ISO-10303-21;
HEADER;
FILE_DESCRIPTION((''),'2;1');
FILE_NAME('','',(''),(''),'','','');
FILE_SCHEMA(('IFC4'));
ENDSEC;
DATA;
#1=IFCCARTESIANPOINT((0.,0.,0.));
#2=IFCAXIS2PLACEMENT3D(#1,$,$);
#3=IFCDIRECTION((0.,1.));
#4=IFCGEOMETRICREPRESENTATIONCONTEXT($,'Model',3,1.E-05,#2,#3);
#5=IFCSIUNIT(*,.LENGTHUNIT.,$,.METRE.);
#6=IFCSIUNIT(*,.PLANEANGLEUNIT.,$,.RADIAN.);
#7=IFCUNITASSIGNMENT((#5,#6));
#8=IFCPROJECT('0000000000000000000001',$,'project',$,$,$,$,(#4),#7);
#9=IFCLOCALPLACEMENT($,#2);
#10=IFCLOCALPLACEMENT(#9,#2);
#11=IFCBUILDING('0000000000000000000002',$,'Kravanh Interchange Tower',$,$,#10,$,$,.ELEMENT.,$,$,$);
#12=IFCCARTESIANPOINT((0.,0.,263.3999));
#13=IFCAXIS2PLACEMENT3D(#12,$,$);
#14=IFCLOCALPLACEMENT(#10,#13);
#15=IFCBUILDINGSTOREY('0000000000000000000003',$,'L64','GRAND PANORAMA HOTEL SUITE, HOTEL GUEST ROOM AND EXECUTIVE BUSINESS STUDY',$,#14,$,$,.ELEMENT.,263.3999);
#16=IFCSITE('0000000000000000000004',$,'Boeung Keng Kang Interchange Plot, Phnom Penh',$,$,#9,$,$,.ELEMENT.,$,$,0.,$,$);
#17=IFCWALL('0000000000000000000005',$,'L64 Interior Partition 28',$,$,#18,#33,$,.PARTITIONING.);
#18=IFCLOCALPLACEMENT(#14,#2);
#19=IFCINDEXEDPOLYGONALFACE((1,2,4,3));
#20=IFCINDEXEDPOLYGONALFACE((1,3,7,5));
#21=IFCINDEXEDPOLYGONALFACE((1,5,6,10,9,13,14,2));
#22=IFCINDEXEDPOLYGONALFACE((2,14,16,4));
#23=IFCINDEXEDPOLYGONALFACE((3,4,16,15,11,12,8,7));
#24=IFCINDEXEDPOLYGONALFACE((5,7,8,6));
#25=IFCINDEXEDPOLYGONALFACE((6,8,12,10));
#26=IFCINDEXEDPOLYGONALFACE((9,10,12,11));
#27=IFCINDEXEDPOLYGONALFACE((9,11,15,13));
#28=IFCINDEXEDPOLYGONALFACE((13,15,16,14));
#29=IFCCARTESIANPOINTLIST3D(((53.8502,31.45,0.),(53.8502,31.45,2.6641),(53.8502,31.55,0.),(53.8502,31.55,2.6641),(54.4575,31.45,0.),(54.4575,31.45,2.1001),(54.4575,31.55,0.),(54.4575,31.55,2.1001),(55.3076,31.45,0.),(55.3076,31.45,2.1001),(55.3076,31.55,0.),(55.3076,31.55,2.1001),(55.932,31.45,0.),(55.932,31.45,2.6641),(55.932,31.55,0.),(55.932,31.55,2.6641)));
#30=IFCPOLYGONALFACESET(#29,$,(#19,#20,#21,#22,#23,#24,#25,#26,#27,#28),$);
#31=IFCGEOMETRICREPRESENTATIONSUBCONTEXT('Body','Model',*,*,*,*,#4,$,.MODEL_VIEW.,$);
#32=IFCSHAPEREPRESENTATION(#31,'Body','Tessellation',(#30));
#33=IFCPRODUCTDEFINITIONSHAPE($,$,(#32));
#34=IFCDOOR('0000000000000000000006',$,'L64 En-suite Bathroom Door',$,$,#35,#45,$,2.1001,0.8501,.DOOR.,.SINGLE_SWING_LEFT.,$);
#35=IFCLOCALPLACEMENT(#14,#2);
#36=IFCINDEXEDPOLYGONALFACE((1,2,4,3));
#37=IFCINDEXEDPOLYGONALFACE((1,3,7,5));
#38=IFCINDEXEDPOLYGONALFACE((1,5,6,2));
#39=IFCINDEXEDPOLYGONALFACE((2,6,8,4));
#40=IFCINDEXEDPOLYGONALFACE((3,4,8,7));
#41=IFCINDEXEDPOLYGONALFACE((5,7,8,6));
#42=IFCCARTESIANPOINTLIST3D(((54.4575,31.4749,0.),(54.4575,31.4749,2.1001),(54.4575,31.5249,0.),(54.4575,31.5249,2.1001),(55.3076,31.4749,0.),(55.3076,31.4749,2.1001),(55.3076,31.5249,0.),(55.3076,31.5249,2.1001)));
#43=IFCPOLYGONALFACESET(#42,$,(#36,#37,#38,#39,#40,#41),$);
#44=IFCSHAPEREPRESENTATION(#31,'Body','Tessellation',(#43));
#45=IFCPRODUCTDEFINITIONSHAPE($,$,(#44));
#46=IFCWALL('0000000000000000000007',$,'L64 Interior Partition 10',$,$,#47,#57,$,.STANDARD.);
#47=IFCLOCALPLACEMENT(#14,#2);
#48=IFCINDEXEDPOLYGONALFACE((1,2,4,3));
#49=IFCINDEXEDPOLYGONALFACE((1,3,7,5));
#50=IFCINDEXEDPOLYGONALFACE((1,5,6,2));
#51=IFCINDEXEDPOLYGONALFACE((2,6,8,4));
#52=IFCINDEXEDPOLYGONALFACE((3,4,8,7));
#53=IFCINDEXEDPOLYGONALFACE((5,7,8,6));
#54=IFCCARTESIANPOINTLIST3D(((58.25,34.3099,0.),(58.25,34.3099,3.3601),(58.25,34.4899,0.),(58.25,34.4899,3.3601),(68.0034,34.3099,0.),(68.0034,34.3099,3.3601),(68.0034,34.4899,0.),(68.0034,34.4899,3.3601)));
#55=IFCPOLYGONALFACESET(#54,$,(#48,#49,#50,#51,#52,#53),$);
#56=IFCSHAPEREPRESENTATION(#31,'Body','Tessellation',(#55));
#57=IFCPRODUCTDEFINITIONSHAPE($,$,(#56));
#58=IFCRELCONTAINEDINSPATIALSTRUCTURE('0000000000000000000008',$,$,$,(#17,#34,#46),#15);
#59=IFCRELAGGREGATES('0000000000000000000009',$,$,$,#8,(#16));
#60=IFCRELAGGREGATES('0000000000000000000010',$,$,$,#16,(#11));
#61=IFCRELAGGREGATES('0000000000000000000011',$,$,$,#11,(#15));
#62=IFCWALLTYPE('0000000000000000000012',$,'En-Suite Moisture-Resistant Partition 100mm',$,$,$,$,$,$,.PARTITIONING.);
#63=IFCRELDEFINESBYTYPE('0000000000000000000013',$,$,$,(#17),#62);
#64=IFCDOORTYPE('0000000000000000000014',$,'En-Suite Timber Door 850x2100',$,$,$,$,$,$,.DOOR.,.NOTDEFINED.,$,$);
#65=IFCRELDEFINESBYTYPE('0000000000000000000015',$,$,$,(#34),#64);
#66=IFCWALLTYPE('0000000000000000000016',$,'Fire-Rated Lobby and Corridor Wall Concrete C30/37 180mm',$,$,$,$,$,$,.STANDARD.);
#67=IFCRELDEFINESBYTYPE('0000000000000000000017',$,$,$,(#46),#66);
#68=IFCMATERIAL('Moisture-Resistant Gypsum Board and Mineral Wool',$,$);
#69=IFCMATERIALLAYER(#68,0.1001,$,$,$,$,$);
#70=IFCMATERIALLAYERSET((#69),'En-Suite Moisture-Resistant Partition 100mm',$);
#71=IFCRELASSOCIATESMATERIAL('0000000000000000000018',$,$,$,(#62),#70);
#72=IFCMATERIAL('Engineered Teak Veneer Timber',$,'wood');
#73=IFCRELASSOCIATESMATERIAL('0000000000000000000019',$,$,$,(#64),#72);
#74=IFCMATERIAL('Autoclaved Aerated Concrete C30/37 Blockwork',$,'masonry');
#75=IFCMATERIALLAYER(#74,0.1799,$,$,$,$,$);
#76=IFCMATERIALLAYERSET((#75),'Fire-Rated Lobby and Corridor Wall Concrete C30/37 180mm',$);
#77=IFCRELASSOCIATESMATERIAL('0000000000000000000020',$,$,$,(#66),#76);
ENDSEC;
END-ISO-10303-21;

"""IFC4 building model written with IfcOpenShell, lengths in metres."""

from ifc_helpers import new_model, si_unit, direction, frame, frame_2d, origin, place, context, subcontext, project, spatial, rectangle, extrude, material, layer, layer_set, type_object, element, fill, save


model = new_model("IFC4")

# Units and contexts
model_context = context("Model", 3, precision=1e-05, world=origin(), true_north=direction((0.0, 1.0)))
body_context = subcontext(model_context, "Body", "Model", "MODEL_VIEW")
ifc_project = project(units=[si_unit("LENGTHUNIT", "METRE"), si_unit("PLANEANGLEUNIT", "RADIAN")], contexts=[model_context])

# Site, building, storey
site_placement = place(None, origin())
site = spatial("IfcSite", under=ifc_project, at=site_placement, Name="Boeung Keng Kang Interchange Plot, Phnom Penh", CompositionType="ELEMENT", RefElevation=0.0)
building_placement = place(site_placement, origin())
building = spatial("IfcBuilding", under=site, at=building_placement, Name="Kravanh Interchange Tower", CompositionType="ELEMENT")
storey_placement = place(building_placement, frame((0.0, 0.0, 263.3999)))
storey = spatial("IfcBuildingStorey", under=building, at=storey_placement, Name="L64", Description="GRAND PANORAMA HOTEL SUITE, HOTEL GUEST ROOM AND EXECUTIVE BUSINESS STUDY", CompositionType="ELEMENT", Elevation=263.3999)

# Wall, opening, door
ifc_material_1 = material(Name="Moisture-Resistant Gypsum Board and Mineral Wool")
ifc_layer_1 = layer(ifc_material_1, 0.1001)
ifc_layer_set_1 = layer_set([ifc_layer_1], Name="En-Suite Moisture-Resistant Partition 100mm")
wall_type_1 = type_object("IfcWallType", Name="En-Suite Moisture-Resistant Partition 100mm", PredefinedType="PARTITIONING", material=ifc_layer_set_1)
wall_1_placement = place(storey_placement, frame((53.8501, 31.5, 0.0), z_axis=(0.0, 0.0, 1.0), x_axis=(1.0, 0.0, 0.0)))
wall_1 = element("IfcWall", 1, at=wall_1_placement, inside=storey, type_object=wall_type_1, Name="L64 Interior Partition 28", PredefinedType="PARTITIONING", context=body_context, shape_type="SweptSolid", body=[
    extrude(rectangle(XDim=2.0818, YDim=0.1001, at=frame_2d((1.041, 0.0))), origin(), (0.0, 0.0, 1.0), 2.6641),
])
opening_1_placement = place(wall_1_placement, frame((0.6074, 0.0, 0.0)))
opening_1 = element("IfcOpeningElement", 2, at=opening_1_placement, cuts=wall_1, PredefinedType="OPENING", context=body_context, shape_type="SweptSolid", body=[
    extrude(rectangle(XDim=0.8501, YDim=2.1001, at=frame_2d((0.425, 1.05))), frame((0.0, 0.0601, 0.0), z_axis=(0.0, -1.0, 0.0), x_axis=(1.0, 0.0, 0.0)), (0.0, 0.0, 1.0), 0.1201),
])
ifc_material_2 = material(Name="Engineered Teak Veneer Timber", Category="wood")
door_type_1 = type_object("IfcDoorType", Name="En-Suite Timber Door 850x2100", OperationType="NOTDEFINED", PredefinedType="DOOR", material=ifc_material_2)
door_1_placement = place(opening_1_placement, origin())
door_1 = element("IfcDoor", 3, at=door_1_placement, inside=storey, type_object=door_type_1, Name="L64 En-suite Bathroom Door", OperationType="SINGLE_SWING_LEFT", OverallHeight=2.1001, OverallWidth=0.8501, PredefinedType="DOOR", context=body_context, shape_type="SweptSolid", body=[
    extrude(rectangle(XDim=0.8501, YDim=2.1001, at=frame_2d((0.425, 1.05))), frame((0.0, 0.0249, 0.0), z_axis=(0.0, -1.0, 0.0), x_axis=(1.0, 0.0, 0.0)), (0.0, 0.0, 1.0), 0.05),
])
fill(opening_1, door_1)

# Wall
ifc_material_3 = material(Name="Autoclaved Aerated Concrete C30/37 Blockwork", Category="masonry")
ifc_layer_2 = layer(ifc_material_3, 0.1799)
ifc_layer_set_2 = layer_set([ifc_layer_2], Name="Fire-Rated Lobby and Corridor Wall Concrete C30/37 180mm")
wall_type_2 = type_object("IfcWallType", Name="Fire-Rated Lobby and Corridor Wall Concrete C30/37 180mm", PredefinedType="STANDARD", material=ifc_layer_set_2)
wall_2_placement = place(storey_placement, frame((58.25, 34.3999, 0.0), z_axis=(0.0, 0.0, 1.0), x_axis=(1.0, 0.0, 0.0)))
element("IfcWall", 4, at=wall_2_placement, inside=storey, type_object=wall_type_2, Name="L64 Interior Partition 10", PredefinedType="STANDARD", context=body_context, shape_type="SweptSolid", body=[
    extrude(rectangle(XDim=9.7534, YDim=0.1799, at=frame_2d((4.8767, 0.0))), origin(), (0.0, 0.0, 1.0), 3.3601),
])

save(model, "model.ifc")
